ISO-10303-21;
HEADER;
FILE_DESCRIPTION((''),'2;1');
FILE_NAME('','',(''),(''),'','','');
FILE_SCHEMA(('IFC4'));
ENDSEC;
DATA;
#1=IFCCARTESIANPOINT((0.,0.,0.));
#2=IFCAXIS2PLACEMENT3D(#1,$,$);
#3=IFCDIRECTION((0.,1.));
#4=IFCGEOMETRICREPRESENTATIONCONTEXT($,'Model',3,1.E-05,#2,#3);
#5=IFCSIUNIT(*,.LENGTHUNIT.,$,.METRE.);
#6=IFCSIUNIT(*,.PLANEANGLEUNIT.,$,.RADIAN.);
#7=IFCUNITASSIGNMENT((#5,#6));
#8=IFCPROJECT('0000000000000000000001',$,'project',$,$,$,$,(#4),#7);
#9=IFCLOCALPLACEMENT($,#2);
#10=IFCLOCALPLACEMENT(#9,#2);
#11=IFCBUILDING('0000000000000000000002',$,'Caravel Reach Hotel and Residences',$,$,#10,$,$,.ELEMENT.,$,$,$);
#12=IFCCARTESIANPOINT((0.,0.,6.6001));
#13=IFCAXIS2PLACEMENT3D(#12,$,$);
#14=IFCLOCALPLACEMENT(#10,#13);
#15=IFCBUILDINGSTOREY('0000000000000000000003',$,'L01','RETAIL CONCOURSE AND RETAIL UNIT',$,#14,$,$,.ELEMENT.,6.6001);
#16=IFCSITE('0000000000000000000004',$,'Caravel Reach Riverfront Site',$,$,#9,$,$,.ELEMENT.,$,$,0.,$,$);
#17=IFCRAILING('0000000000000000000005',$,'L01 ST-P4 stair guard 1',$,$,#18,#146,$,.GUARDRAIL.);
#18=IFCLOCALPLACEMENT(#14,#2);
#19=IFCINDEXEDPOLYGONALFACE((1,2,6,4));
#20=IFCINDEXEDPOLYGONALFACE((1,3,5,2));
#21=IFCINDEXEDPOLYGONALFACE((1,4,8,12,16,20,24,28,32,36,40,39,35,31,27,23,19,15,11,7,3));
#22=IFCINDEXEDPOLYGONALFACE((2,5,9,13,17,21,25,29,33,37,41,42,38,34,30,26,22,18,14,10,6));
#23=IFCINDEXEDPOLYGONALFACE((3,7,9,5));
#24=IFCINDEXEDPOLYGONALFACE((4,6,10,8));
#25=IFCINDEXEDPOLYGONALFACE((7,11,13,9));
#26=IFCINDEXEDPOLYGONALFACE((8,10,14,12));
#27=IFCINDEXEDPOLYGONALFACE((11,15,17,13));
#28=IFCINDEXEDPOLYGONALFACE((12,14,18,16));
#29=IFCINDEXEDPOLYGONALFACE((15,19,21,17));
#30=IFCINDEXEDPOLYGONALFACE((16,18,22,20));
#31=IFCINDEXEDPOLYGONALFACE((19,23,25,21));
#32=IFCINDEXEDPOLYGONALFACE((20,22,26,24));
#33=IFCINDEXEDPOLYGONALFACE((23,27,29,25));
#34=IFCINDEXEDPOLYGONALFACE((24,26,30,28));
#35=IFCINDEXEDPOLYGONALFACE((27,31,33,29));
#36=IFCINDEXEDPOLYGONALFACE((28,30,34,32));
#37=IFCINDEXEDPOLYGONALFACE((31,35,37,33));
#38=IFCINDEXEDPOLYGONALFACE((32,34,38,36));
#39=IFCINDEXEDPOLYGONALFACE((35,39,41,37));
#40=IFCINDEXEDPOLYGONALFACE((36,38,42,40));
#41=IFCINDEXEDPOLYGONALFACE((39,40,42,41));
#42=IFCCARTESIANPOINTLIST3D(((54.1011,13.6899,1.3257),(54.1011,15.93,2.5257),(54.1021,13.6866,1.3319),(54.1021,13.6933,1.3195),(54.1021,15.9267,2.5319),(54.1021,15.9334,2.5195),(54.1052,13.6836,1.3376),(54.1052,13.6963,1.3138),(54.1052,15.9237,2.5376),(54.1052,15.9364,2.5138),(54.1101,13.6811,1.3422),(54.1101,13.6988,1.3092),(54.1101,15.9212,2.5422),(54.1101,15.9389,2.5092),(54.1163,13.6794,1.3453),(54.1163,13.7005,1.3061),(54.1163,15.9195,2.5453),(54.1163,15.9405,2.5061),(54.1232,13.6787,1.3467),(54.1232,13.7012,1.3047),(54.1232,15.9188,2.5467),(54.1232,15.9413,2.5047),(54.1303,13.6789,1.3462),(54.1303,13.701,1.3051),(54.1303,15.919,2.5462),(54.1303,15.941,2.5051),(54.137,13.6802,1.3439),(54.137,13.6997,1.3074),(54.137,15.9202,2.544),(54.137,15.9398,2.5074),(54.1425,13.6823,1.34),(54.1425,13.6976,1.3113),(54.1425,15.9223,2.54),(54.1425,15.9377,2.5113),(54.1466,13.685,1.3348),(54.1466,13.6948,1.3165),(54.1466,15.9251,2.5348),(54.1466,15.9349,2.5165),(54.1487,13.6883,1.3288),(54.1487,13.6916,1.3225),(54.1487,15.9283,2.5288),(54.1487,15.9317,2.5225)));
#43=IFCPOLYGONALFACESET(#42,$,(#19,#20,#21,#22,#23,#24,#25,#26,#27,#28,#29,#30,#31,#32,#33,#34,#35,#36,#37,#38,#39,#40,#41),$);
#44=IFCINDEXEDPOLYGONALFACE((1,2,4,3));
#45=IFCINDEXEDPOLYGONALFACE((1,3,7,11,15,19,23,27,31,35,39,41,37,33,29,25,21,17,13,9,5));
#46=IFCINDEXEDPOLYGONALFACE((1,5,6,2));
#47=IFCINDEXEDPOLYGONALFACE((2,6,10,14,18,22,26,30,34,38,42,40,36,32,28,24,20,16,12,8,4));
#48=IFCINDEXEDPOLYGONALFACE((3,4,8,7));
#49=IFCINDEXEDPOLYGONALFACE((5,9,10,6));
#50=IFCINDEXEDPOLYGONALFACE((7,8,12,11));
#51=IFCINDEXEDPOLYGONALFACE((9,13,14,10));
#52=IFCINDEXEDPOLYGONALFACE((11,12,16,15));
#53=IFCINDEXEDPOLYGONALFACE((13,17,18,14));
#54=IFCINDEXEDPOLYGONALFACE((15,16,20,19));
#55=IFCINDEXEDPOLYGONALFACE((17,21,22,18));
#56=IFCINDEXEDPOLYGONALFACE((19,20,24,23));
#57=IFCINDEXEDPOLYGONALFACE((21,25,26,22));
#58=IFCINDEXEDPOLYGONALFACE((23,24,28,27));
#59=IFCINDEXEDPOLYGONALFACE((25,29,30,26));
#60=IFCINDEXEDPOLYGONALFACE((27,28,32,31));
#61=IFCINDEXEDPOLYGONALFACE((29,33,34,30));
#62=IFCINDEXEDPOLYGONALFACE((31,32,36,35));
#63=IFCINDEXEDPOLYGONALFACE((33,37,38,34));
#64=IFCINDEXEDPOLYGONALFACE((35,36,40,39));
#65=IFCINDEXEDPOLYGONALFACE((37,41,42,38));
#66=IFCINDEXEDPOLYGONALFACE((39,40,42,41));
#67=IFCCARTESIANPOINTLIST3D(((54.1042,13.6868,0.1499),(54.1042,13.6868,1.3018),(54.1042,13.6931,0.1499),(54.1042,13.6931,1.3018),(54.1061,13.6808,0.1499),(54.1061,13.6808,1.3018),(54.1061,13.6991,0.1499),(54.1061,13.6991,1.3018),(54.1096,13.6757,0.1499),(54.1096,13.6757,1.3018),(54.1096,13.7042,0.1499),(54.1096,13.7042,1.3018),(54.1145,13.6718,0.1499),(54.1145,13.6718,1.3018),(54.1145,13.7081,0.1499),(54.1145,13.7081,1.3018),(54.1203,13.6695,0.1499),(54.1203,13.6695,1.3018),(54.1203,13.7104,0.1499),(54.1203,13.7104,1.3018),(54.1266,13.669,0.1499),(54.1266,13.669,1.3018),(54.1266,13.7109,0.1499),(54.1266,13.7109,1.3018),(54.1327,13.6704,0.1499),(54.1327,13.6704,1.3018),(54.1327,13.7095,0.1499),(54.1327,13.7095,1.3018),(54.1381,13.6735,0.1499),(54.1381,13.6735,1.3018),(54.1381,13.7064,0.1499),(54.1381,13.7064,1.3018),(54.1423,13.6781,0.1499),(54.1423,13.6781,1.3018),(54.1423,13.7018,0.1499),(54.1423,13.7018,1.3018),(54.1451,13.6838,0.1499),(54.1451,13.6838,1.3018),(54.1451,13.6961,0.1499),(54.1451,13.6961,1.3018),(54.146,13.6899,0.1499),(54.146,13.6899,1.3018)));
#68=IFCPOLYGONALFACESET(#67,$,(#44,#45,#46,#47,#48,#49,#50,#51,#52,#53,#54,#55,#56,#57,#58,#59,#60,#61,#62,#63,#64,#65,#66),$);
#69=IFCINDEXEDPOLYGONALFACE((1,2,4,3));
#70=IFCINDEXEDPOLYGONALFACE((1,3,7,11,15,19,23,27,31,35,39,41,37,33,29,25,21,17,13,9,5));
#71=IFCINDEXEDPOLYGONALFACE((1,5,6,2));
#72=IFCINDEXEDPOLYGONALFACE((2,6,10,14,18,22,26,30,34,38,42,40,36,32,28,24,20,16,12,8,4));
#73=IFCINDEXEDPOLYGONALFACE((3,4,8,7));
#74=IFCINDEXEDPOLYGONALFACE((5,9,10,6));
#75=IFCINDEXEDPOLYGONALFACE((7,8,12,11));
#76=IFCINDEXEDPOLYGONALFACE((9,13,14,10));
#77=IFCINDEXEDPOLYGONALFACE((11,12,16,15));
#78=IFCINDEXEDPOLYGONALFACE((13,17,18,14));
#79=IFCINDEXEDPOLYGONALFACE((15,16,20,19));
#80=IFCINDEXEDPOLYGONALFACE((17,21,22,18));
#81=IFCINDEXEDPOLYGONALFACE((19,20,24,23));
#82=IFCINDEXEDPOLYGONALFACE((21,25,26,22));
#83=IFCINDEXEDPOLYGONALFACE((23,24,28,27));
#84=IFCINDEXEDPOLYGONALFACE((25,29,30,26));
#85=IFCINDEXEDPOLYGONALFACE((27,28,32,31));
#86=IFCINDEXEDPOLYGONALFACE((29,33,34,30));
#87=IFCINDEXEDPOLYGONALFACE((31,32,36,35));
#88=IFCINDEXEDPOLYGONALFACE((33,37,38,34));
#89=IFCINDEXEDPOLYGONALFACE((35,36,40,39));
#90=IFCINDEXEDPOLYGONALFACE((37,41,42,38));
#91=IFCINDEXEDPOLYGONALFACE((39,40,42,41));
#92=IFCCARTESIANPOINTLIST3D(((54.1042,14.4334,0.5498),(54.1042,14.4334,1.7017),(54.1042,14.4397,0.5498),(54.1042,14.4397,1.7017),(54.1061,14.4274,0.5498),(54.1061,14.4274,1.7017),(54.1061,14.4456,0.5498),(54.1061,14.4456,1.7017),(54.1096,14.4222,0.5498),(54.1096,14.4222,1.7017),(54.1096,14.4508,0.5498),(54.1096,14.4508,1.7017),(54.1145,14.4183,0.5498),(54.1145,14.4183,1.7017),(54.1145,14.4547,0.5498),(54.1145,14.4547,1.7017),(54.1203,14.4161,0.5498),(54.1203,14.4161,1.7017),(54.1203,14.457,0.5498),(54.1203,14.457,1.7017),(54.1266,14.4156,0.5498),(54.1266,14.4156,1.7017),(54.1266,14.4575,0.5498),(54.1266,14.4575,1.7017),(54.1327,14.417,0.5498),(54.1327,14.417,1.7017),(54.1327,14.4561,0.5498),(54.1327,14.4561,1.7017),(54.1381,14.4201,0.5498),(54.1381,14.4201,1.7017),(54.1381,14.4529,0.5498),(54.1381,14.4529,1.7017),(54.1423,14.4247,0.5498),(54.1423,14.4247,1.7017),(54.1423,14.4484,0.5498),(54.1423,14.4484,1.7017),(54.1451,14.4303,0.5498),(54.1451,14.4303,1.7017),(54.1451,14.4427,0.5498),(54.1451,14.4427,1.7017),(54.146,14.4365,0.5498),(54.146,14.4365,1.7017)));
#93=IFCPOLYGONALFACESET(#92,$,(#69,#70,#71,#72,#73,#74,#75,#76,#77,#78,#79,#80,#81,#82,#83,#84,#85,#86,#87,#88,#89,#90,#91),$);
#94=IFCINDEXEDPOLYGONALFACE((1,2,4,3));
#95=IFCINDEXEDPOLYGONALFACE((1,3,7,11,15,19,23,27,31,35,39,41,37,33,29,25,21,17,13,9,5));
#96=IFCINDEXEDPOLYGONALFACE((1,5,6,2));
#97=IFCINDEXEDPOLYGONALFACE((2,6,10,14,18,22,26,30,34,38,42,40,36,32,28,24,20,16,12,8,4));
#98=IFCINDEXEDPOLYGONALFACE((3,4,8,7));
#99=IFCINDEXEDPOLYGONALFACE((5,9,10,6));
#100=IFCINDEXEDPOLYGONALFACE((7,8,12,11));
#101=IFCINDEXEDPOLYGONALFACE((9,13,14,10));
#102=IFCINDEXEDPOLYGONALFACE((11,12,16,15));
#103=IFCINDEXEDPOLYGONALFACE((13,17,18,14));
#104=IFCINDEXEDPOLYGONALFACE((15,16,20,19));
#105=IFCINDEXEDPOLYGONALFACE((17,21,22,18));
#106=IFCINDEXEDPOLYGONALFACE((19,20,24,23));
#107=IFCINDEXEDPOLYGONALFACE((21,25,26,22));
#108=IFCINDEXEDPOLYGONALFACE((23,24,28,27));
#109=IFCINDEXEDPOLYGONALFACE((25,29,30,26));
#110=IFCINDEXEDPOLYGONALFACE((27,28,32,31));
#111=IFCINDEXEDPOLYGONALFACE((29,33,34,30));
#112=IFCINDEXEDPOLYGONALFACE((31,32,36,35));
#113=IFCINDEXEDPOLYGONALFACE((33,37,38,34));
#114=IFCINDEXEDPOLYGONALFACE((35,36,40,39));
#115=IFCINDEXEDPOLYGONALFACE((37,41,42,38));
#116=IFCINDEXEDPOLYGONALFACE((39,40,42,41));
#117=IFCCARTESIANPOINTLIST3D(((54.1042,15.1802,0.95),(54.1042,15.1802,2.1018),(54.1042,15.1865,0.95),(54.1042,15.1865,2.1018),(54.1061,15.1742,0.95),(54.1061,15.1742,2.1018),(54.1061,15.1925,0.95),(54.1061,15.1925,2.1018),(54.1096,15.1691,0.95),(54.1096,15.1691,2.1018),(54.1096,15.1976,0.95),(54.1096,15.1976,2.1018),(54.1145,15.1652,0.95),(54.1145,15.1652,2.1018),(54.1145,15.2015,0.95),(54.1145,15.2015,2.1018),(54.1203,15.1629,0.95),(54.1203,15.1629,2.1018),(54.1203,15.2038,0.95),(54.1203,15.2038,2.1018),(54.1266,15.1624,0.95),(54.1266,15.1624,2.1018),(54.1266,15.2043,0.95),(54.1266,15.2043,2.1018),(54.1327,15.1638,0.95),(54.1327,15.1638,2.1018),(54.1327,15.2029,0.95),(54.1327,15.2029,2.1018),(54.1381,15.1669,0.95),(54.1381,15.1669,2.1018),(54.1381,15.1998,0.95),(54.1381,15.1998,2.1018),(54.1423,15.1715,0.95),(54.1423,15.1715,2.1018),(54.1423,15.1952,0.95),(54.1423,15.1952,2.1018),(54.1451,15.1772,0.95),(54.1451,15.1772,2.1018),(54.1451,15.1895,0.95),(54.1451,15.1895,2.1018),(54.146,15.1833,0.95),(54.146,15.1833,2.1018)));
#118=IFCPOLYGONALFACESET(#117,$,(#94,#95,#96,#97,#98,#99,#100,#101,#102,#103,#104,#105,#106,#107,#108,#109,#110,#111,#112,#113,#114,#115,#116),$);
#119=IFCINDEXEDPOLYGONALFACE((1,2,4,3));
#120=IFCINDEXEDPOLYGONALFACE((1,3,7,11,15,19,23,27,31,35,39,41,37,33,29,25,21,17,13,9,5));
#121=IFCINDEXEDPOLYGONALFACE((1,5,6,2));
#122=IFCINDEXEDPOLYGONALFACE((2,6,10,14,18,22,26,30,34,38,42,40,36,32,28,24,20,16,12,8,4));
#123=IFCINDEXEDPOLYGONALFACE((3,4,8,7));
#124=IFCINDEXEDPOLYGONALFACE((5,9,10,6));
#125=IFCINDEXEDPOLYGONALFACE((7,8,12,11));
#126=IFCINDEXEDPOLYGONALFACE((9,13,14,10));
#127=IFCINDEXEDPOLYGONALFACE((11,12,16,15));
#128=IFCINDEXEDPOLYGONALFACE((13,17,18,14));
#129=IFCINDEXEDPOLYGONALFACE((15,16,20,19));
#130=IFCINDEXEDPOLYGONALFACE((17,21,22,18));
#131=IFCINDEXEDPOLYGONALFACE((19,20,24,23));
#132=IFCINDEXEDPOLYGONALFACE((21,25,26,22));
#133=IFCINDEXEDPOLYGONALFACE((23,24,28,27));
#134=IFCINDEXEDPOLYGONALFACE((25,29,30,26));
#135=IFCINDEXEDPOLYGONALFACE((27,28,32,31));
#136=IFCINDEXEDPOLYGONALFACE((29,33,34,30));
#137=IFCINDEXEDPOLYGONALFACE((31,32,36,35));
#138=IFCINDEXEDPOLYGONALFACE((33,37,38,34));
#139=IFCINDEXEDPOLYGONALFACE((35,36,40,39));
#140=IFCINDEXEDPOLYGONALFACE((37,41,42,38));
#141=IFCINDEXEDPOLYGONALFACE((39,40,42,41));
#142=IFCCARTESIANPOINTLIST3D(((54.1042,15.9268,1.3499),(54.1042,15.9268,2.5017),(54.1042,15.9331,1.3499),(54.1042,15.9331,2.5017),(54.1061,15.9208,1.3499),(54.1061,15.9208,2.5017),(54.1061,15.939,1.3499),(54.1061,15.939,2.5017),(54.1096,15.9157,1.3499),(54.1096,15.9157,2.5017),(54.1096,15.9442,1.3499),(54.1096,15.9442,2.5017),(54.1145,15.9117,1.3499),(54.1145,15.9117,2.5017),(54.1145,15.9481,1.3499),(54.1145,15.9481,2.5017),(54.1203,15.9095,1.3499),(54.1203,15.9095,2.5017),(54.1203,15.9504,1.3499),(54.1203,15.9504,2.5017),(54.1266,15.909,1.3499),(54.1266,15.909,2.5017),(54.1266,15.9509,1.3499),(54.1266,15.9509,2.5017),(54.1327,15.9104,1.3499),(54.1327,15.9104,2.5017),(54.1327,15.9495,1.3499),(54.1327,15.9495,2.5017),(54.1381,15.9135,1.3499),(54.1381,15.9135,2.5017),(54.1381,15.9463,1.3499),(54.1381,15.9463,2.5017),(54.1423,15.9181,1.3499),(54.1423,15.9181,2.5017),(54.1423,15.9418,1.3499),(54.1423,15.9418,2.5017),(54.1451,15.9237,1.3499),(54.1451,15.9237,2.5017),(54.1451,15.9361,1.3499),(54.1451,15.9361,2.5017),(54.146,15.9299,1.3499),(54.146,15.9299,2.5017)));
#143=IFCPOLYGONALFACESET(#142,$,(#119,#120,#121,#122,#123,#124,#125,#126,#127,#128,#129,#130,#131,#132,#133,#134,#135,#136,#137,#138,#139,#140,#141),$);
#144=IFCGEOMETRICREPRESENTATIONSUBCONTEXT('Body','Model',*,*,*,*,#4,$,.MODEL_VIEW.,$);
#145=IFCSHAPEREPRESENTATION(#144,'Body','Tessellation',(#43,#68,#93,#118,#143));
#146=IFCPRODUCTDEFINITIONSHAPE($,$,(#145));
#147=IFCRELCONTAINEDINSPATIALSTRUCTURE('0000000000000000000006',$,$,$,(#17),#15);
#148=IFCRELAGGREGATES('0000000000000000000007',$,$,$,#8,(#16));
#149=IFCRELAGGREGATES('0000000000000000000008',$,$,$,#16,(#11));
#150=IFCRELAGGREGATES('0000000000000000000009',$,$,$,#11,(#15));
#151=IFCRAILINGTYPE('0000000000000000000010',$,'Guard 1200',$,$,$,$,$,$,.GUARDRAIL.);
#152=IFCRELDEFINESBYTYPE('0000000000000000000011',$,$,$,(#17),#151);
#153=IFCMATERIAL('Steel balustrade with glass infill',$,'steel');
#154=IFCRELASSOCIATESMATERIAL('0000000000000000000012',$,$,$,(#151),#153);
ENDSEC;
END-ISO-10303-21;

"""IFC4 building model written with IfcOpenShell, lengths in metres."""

from ifc_helpers import new_model, si_unit, direction, frame, origin, origin_2d, place, context, subcontext, project, spatial, circle, extrude, material, type_object, element, save


model = new_model("IFC4")

# Units and contexts
model_context = context("Model", 3, precision=1e-05, world=origin(), true_north=direction((0.0, 1.0)))
body_context = subcontext(model_context, "Body", "Model", "MODEL_VIEW")
ifc_project = project(units=[si_unit("LENGTHUNIT", "METRE"), si_unit("PLANEANGLEUNIT", "RADIAN")], contexts=[model_context])

# Site, building, storey
site_placement = place(None, origin())
site = spatial("IfcSite", under=ifc_project, at=site_placement, Name="Caravel Reach Riverfront Site", CompositionType="ELEMENT", RefElevation=0.0)
building_placement = place(site_placement, origin())
building = spatial("IfcBuilding", under=site, at=building_placement, Name="Caravel Reach Hotel and Residences", CompositionType="ELEMENT")
storey_placement = place(building_placement, frame((0.0, 0.0, 6.6001)))
storey = spatial("IfcBuildingStorey", under=building, at=storey_placement, Name="L01", Description="RETAIL CONCOURSE AND RETAIL UNIT", CompositionType="ELEMENT", Elevation=6.6001)

# Railing
ifc_material_1 = material(Name="Steel balustrade with glass infill", Category="steel")
railing_type_1 = type_object("IfcRailingType", Name="Guard 1200", PredefinedType="GUARDRAIL", material=ifc_material_1)
for number, where, name in (
    (1, (54.125, 13.6899, 0.1499), "L01 ST-P4 stair guard 1"),
):
    element("IfcRailing", number, at=place(storey_placement, frame(where)), inside=storey, type_object=railing_type_1, Name=name, PredefinedType="GUARDRAIL", context=body_context, shape_type="SweptSolid", body=[
        extrude(circle(Radius=0.0239, at=origin_2d()), frame((0.0, 0.0, 1.1758), z_axis=(0.0, 0.881487, 0.472208), x_axis=(-1.0, 0.0, 0.0)), (0.0, 0.0, 1.0), 2.5413),
        extrude(circle(Radius=0.021, at=origin_2d()), origin(), (0.0, 0.0, 1.0), 1.1519),
        extrude(circle(Radius=0.021, at=origin_2d()), frame((0.0, 0.7466, 0.3999)), (0.0, 0.0, 1.0), 1.1519),
        extrude(circle(Radius=0.021, at=origin_2d()), frame((0.0, 1.4934, 0.8)), (0.0, 0.0, 1.0), 1.1519),
        extrude(circle(Radius=0.021, at=origin_2d()), frame((0.0, 2.24, 1.2)), (0.0, 0.0, 1.0), 1.1519),
    ])

save(model, "model.ifc")
